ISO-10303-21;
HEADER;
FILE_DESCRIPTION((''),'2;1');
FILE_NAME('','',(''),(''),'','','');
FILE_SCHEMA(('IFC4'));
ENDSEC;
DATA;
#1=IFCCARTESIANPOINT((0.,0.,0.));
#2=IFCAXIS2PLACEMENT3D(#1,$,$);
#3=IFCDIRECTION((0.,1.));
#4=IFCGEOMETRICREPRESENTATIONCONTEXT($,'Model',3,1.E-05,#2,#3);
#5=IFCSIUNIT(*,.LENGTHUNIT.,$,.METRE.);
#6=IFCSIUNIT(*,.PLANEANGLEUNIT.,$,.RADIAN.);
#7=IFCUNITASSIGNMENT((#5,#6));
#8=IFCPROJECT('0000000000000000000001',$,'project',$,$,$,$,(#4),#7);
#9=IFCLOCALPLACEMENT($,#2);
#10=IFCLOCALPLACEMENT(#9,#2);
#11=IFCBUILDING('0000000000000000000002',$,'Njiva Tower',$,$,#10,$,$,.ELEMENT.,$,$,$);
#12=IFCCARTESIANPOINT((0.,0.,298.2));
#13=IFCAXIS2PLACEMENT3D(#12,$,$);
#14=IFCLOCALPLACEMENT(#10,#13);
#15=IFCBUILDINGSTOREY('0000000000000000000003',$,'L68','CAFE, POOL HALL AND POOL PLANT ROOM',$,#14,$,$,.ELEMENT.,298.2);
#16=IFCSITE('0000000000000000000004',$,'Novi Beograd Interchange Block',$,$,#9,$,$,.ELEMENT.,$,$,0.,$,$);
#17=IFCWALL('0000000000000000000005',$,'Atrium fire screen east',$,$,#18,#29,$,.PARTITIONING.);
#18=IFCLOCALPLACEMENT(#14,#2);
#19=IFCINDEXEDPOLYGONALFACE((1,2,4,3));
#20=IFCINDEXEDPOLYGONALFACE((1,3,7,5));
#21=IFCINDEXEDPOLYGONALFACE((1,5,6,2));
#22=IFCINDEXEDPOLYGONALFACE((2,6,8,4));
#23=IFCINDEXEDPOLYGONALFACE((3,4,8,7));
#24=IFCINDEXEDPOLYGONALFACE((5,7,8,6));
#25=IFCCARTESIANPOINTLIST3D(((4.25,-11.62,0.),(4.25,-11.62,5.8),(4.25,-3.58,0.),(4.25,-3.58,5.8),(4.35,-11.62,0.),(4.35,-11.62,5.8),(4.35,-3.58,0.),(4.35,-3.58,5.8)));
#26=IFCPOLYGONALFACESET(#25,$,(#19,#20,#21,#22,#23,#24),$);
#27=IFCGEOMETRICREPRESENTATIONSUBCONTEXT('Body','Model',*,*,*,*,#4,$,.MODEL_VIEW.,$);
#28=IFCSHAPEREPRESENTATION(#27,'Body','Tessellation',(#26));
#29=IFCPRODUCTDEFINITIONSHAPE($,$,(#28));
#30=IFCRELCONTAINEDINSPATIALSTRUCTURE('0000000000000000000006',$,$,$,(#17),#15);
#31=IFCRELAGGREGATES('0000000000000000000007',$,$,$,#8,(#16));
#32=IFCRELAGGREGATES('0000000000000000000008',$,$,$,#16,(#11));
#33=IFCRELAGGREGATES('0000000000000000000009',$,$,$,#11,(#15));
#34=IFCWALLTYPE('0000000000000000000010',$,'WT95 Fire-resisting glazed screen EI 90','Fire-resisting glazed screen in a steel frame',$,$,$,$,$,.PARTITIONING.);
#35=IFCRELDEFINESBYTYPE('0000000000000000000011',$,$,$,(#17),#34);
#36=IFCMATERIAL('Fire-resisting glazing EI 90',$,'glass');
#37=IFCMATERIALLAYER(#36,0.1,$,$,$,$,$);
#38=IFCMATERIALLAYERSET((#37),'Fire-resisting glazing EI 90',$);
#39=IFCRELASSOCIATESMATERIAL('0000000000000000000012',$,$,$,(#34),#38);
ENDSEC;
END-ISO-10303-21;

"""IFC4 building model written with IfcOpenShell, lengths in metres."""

from ifc_helpers import new_model, si_unit, direction, frame, frame_2d, origin, place, context, subcontext, project, spatial, rectangle, extrude, material, layer, layer_set, type_object, element, save


model = new_model("IFC4")

# Units and contexts
model_context = context("Model", 3, precision=1e-05, world=origin(), true_north=direction((0.0, 1.0)))
body_context = subcontext(model_context, "Body", "Model", "MODEL_VIEW")
ifc_project = project(units=[si_unit("LENGTHUNIT", "METRE"), si_unit("PLANEANGLEUNIT", "RADIAN")], contexts=[model_context])

# Site, building, storey
site_placement = place(None, origin())
site = spatial("IfcSite", under=ifc_project, at=site_placement, Name="Novi Beograd Interchange Block", CompositionType="ELEMENT", RefElevation=0.0)
building_placement = place(site_placement, origin())
building = spatial("IfcBuilding", under=site, at=building_placement, Name="Njiva Tower", CompositionType="ELEMENT")
storey_placement = place(building_placement, frame((0.0, 0.0, 298.2)))
storey = spatial("IfcBuildingStorey", under=building, at=storey_placement, Name="L68", Description="CAFE, POOL HALL AND POOL PLANT ROOM", CompositionType="ELEMENT", Elevation=298.2)

# Wall
ifc_material_1 = material(Name="Fire-resisting glazing EI 90", Category="glass")
ifc_layer_1 = layer(ifc_material_1, 0.1)
ifc_layer_set_1 = layer_set([ifc_layer_1], Name="Fire-resisting glazing EI 90")
wall_type_1 = type_object("IfcWallType", Name="WT95 Fire-resisting glazed screen EI 90", Description="Fire-resisting glazed screen in a steel frame", PredefinedType="PARTITIONING", material=ifc_layer_set_1)
wall_1_placement = place(storey_placement, frame((4.3, -11.62, 0.0), z_axis=(0.0, 0.0, 1.0), x_axis=(0.0, 1.0, 0.0)))
element("IfcWall", 1, at=wall_1_placement, inside=storey, type_object=wall_type_1, Name="Atrium fire screen east", PredefinedType="PARTITIONING", context=body_context, shape_type="SweptSolid", body=[
    extrude(rectangle(XDim=8.04, YDim=0.1, at=frame_2d((4.02, 0.0))), origin(), (0.0, 0.0, 1.0), 5.8),
])

save(model, "model.ifc")
